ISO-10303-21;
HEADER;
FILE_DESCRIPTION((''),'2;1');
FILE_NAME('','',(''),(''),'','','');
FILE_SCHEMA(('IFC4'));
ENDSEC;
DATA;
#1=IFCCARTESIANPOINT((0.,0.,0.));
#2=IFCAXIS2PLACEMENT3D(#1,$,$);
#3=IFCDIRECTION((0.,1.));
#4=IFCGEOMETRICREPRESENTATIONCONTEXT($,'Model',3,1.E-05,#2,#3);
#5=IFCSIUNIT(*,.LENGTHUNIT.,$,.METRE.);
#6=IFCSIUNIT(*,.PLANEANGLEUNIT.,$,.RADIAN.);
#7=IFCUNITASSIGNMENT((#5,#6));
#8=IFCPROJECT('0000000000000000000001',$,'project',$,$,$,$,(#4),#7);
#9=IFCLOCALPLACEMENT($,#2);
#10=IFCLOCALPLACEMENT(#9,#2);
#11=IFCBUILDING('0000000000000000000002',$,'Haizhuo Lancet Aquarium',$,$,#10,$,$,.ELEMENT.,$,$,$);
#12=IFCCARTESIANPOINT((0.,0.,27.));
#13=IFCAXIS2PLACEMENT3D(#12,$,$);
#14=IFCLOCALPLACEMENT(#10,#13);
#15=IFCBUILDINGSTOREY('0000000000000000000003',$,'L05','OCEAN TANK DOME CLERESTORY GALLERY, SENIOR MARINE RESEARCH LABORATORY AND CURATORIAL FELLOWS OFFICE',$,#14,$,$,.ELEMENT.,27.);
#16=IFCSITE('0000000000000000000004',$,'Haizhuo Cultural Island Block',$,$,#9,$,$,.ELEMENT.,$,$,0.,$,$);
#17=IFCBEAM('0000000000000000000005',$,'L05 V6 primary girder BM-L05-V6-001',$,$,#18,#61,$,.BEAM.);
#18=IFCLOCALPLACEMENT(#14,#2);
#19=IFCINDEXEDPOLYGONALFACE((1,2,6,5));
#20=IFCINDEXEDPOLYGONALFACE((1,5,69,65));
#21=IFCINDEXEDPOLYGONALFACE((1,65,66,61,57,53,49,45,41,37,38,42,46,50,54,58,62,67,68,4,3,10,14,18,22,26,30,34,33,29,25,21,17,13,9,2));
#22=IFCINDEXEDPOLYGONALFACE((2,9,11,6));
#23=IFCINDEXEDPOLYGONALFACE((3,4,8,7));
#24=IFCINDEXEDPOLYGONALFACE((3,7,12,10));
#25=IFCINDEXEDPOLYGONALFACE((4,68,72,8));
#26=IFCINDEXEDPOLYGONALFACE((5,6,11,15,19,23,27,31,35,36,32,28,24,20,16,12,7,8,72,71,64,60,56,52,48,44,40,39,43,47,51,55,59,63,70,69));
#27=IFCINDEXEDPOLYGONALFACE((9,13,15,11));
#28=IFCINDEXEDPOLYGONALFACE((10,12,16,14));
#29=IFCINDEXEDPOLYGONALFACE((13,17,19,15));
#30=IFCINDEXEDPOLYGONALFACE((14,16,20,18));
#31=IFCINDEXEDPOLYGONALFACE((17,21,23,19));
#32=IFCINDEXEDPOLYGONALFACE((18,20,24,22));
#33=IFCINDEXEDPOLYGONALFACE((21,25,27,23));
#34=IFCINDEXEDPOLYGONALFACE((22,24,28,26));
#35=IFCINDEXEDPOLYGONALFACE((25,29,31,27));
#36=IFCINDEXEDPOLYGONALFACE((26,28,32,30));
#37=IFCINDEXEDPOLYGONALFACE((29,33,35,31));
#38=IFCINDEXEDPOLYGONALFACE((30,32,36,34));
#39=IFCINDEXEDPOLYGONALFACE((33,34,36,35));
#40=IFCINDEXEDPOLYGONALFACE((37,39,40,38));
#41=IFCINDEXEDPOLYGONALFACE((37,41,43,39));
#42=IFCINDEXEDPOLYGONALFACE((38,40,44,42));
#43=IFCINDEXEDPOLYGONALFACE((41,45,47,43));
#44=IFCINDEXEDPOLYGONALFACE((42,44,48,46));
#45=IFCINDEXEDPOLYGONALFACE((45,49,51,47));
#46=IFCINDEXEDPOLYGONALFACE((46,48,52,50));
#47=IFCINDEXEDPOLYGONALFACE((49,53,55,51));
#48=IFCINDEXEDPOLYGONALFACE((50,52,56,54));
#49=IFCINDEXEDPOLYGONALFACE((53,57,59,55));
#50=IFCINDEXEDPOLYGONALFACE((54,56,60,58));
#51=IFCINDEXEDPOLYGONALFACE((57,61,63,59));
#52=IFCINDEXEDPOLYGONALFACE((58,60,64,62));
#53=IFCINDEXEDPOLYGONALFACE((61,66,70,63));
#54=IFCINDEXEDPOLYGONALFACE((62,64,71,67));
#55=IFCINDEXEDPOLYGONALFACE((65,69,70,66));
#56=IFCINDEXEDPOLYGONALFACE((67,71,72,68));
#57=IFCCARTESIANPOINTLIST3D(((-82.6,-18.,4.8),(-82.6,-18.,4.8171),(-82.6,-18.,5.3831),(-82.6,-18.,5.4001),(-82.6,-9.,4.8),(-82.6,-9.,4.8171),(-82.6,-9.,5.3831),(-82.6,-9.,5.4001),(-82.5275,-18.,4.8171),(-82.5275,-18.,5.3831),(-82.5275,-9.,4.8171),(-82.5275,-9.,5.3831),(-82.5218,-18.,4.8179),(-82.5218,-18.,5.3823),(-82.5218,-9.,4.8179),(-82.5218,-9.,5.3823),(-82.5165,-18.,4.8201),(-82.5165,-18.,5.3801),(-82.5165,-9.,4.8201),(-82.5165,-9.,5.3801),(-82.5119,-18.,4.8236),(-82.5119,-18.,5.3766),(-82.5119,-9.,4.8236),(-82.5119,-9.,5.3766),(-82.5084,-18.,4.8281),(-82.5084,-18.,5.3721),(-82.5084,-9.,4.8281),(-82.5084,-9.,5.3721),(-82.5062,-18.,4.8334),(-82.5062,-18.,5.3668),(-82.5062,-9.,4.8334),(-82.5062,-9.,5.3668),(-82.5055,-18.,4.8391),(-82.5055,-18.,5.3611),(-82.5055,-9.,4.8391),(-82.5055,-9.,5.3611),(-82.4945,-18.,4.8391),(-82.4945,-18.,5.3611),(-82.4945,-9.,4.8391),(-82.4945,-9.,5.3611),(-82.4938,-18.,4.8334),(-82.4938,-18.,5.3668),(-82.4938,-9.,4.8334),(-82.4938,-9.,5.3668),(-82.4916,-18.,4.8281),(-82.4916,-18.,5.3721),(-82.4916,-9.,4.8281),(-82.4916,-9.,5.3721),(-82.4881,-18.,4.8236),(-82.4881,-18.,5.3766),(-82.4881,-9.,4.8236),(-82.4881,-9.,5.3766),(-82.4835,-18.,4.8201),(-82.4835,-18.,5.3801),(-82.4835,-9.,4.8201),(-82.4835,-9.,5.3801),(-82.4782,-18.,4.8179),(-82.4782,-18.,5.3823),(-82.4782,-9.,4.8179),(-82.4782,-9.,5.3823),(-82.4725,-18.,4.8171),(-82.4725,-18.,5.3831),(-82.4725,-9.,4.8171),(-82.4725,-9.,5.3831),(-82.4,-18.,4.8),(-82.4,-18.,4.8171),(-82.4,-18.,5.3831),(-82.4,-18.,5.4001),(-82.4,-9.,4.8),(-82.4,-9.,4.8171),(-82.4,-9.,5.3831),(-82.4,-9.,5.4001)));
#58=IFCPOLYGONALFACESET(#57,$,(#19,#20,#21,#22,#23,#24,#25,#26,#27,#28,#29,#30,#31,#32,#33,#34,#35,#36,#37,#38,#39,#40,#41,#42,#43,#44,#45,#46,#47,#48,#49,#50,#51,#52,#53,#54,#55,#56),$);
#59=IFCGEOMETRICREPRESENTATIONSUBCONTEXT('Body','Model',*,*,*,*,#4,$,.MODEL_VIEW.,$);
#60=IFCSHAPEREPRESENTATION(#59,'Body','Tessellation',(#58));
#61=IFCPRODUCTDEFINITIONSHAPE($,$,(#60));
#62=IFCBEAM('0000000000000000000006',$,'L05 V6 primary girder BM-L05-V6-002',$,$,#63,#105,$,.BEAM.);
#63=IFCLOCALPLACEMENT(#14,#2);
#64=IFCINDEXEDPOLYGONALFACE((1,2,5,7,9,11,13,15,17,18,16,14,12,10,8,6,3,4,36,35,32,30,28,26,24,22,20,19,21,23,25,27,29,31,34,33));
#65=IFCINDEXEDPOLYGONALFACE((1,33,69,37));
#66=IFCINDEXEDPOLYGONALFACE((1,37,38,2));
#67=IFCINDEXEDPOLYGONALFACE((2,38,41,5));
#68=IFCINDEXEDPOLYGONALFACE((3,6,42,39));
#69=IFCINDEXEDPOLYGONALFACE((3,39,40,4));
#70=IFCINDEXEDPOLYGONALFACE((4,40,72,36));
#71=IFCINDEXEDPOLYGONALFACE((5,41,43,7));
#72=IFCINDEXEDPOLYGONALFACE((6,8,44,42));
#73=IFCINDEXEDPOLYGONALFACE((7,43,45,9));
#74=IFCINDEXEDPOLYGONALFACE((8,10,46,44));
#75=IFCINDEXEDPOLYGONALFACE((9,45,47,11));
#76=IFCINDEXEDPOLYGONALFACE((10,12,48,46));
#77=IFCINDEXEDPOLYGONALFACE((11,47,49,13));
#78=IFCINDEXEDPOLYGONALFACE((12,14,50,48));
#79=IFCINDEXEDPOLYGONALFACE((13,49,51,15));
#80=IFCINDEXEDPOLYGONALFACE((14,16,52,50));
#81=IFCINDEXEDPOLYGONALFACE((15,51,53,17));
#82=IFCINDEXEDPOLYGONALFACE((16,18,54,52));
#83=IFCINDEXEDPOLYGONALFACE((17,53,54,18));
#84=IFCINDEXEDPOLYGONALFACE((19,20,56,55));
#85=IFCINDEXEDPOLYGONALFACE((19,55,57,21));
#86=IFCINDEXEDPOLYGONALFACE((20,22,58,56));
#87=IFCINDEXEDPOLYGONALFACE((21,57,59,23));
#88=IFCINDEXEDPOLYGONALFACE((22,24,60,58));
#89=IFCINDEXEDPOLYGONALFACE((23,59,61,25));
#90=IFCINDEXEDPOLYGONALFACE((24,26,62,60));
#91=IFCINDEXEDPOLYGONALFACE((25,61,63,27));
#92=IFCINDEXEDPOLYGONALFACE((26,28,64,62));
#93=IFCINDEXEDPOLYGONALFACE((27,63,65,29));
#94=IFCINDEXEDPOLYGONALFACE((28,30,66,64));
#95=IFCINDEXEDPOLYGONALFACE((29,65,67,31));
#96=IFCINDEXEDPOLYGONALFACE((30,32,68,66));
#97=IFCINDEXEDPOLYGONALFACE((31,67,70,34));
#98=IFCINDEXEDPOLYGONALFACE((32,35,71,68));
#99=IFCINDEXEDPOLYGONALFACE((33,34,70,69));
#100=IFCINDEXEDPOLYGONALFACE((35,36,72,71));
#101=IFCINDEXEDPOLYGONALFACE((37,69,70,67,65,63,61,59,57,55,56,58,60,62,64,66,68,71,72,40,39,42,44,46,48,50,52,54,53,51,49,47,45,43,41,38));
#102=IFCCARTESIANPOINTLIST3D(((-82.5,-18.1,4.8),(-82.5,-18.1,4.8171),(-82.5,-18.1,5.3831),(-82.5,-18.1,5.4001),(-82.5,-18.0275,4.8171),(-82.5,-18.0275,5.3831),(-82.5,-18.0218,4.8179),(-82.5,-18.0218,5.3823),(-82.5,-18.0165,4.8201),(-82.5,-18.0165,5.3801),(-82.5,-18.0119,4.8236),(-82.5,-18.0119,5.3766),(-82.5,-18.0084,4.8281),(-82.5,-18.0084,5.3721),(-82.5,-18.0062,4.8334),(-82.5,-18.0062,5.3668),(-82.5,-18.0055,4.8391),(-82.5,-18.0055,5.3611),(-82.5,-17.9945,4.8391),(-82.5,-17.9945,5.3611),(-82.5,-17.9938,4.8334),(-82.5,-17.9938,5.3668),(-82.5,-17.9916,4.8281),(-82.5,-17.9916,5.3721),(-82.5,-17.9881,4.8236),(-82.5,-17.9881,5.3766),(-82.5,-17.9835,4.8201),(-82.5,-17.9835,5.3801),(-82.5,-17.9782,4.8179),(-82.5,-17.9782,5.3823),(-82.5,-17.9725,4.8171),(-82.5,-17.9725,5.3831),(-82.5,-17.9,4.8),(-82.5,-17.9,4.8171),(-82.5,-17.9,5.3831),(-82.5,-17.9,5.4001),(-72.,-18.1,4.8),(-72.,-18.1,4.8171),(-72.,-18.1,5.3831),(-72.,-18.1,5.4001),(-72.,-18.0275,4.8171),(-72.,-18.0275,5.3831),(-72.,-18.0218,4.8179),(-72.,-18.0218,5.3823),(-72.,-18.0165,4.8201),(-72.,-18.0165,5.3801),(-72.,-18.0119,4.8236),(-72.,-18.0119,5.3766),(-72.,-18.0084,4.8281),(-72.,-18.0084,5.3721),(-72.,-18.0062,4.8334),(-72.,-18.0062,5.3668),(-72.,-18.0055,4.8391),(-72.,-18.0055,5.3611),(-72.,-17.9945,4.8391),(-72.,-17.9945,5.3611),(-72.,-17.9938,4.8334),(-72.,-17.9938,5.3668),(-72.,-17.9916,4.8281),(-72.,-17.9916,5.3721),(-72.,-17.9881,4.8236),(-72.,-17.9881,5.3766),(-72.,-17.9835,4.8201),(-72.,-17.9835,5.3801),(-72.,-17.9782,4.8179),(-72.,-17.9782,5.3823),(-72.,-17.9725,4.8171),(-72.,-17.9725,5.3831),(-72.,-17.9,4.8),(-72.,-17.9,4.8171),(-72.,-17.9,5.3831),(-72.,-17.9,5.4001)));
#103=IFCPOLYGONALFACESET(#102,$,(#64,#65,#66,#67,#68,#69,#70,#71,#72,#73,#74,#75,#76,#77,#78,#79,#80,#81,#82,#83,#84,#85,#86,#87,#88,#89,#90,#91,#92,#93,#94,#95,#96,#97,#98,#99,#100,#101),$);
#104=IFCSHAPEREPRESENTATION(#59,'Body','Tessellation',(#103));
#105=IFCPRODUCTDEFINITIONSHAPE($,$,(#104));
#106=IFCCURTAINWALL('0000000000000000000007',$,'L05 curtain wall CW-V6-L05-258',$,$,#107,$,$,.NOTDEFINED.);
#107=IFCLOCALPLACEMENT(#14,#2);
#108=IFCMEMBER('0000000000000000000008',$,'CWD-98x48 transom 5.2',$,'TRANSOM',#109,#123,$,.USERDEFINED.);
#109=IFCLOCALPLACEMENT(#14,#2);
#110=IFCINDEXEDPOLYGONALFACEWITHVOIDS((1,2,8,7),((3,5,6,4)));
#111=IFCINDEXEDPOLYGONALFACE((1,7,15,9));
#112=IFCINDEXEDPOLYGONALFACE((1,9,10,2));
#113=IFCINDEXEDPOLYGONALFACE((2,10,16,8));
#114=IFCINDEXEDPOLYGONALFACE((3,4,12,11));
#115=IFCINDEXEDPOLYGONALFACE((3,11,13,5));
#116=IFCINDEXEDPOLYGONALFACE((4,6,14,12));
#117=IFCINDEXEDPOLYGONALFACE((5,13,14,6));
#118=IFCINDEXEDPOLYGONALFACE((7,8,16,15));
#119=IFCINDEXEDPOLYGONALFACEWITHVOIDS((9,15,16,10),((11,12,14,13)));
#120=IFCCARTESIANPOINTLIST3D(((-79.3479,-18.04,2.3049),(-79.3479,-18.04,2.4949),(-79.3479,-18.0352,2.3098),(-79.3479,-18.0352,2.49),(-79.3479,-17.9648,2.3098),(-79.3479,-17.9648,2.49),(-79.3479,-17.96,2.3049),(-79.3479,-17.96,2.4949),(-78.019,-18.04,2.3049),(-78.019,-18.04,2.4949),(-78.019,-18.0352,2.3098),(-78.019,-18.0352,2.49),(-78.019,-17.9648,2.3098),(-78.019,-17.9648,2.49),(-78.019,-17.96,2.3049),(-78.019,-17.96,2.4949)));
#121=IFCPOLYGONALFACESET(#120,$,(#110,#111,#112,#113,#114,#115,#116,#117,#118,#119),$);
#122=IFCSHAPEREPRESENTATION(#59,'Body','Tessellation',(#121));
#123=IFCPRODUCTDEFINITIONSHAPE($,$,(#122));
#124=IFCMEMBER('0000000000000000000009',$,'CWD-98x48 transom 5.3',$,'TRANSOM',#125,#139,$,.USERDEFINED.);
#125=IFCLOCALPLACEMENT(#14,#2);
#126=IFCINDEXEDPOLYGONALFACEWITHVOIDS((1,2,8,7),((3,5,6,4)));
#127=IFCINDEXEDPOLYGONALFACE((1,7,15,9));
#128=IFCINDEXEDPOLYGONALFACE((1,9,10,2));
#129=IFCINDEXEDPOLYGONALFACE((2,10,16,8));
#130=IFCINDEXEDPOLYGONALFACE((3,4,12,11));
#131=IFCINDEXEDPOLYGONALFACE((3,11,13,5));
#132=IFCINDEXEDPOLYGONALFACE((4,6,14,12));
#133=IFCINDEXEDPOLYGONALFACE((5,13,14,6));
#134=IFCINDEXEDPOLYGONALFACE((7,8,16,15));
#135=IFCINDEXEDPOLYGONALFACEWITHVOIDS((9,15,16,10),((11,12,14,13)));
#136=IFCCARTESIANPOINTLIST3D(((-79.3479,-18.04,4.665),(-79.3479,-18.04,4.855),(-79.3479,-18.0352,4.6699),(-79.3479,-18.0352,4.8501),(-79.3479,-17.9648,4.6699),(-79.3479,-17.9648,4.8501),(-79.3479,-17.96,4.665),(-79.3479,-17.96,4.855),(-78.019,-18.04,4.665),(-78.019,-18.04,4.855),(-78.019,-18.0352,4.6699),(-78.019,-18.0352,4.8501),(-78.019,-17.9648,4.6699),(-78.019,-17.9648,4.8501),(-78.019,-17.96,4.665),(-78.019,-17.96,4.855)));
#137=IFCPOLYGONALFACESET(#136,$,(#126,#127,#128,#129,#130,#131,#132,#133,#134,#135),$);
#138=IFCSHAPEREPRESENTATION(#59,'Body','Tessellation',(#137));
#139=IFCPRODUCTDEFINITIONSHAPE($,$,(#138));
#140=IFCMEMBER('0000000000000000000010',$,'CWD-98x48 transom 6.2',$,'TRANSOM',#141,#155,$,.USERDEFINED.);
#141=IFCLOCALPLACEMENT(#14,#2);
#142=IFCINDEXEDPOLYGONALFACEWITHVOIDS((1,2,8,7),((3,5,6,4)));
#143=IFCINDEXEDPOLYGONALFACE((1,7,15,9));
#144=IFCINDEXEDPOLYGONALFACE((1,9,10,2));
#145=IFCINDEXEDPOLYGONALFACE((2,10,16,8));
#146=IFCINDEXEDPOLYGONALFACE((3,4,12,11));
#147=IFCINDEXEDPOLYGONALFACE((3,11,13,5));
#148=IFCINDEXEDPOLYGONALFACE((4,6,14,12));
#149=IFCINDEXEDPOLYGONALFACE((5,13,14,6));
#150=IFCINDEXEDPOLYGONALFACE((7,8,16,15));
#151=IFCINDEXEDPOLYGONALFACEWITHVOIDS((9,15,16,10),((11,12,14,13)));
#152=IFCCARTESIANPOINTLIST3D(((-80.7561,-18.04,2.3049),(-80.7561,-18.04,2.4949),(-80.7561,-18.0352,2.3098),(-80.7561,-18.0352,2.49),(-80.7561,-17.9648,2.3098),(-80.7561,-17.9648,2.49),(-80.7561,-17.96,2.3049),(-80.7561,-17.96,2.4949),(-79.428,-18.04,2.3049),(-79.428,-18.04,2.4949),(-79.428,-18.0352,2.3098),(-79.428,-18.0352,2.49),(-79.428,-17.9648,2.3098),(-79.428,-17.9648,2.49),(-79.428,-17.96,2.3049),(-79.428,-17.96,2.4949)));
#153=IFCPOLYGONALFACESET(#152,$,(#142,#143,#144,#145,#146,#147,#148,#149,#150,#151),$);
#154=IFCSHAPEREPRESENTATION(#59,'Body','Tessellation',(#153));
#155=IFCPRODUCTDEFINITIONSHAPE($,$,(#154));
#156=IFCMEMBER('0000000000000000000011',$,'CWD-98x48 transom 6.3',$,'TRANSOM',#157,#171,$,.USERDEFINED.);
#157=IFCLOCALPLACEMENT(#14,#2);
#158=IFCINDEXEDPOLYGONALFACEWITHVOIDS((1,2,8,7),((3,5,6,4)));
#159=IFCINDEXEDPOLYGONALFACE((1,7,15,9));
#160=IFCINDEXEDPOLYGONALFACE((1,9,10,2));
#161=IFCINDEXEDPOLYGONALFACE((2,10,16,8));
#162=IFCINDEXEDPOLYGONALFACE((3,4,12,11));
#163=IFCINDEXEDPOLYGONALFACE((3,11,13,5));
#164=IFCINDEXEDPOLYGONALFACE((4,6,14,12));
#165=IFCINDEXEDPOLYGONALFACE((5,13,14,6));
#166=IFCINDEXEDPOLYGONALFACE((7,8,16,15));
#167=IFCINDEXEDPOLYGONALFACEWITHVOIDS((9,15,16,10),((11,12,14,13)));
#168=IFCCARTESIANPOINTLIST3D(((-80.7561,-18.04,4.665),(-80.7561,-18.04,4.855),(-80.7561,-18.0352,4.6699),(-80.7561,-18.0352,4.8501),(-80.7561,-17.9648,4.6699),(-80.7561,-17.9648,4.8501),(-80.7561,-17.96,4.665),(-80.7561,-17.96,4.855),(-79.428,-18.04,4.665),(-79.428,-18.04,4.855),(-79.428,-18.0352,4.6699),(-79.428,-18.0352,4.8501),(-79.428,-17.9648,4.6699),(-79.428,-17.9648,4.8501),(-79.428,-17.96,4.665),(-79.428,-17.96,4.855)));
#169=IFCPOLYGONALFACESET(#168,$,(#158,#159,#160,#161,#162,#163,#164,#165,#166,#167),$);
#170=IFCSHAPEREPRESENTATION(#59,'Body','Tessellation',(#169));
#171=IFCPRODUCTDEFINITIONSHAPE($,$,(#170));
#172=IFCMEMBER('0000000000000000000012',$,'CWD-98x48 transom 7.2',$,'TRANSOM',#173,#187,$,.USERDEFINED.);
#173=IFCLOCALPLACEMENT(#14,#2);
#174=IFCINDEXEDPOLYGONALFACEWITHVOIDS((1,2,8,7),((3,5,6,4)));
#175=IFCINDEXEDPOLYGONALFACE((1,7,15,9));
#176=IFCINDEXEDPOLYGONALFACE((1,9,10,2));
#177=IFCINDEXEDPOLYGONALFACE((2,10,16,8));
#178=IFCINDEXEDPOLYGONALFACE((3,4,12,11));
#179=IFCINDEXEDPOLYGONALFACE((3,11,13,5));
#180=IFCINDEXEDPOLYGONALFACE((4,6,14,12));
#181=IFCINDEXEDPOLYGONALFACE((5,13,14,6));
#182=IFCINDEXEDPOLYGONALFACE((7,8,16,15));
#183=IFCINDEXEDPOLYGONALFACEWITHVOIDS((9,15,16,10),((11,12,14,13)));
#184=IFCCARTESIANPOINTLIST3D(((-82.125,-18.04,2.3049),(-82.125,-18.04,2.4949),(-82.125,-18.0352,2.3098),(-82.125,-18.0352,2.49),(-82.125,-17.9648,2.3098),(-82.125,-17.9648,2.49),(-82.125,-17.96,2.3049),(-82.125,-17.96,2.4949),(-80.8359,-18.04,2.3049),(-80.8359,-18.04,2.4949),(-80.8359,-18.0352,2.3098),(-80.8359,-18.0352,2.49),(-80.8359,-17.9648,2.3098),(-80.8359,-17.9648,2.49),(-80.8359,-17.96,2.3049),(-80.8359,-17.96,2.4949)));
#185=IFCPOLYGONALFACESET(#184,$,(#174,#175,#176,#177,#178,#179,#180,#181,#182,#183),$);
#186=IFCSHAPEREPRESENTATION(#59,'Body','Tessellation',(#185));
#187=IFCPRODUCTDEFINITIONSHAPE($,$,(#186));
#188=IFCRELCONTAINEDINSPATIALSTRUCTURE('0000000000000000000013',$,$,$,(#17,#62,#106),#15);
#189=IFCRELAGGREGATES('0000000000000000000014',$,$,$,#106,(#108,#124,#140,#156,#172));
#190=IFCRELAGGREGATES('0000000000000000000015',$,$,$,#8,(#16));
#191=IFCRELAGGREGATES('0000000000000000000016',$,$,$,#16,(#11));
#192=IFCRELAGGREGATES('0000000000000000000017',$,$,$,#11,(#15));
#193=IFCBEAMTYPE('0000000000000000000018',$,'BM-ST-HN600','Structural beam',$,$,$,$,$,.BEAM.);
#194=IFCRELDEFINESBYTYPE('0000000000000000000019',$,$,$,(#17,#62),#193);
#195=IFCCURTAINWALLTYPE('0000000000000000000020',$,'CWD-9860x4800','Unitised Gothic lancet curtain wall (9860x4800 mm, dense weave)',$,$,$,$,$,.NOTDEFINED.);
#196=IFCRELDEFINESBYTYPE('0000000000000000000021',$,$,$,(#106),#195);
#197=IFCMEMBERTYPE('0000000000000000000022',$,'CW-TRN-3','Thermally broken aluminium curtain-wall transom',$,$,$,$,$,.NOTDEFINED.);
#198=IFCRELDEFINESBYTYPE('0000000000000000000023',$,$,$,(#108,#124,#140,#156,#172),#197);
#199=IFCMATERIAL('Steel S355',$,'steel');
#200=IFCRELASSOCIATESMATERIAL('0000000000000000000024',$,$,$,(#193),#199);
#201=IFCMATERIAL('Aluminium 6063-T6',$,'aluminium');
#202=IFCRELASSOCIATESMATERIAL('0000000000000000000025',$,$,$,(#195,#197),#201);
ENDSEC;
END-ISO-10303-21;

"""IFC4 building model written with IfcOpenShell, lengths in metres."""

from ifc_helpers import new_model, si_unit, direction, frame, origin, origin_2d, place, context, subcontext, project, spatial, hollow_rectangle, i_section, extrude, material, material_profile, profile_set, type_object, element, aggregate, save


model = new_model("IFC4")

# Units and contexts
model_context = context("Model", 3, precision=1e-05, world=origin(), true_north=direction((0.0, 1.0)))
body_context = subcontext(model_context, "Body", "Model", "MODEL_VIEW")
ifc_project = project(units=[si_unit("LENGTHUNIT", "METRE"), si_unit("PLANEANGLEUNIT", "RADIAN")], contexts=[model_context])

# Site, building, storey
site_placement = place(None, origin())
site = spatial("IfcSite", under=ifc_project, at=site_placement, Name="Haizhuo Cultural Island Block", CompositionType="ELEMENT", RefElevation=0.0)
building_placement = place(site_placement, origin())
building = spatial("IfcBuilding", under=site, at=building_placement, Name="Haizhuo Lancet Aquarium", CompositionType="ELEMENT")
storey_placement = place(building_placement, frame((0.0, 0.0, 27.0)))
storey = spatial("IfcBuildingStorey", under=building, at=storey_placement, Name="L05", Description="OCEAN TANK DOME CLERESTORY GALLERY, SENIOR MARINE RESEARCH LABORATORY AND CURATORIAL FELLOWS OFFICE", CompositionType="ELEMENT", Elevation=27.0)

# Beams
ifc_material_1 = material(Name="Steel S355", Category="steel")
ifc_material_profile_1 = material_profile(ifc_material_1, i_section(OverallWidth=0.2, OverallDepth=0.6001, WebThickness=0.011, FlangeThickness=0.0171, FilletRadius=0.022, at=origin_2d()), Name="HN 600x200x11x17")
ifc_profile_set_1 = profile_set([ifc_material_profile_1], Name="Steel S355")
beam_type = type_object("IfcBeamType", Name="BM-ST-HN600", Description="Structural beam", PredefinedType="BEAM", material=ifc_profile_set_1)
beam_1_placement = place(storey_placement, frame((-82.5, -18.0, 5.1001), z_axis=(0.0, 1.0, 0.0), x_axis=(-1.0, 0.0, 0.0)))
element("IfcBeam", 1, at=beam_1_placement, inside=storey, type_object=beam_type, Name="L05 V6 primary girder BM-L05-V6-001", PredefinedType="BEAM", context=body_context, shape_type="SweptSolid", body=[
    extrude(i_section(OverallWidth=0.2, OverallDepth=0.6001, WebThickness=0.011, FlangeThickness=0.0171, FilletRadius=0.022, at=origin_2d()), origin(), (0.0, 0.0, 1.0), 9.0),
])
beam_2_placement = place(storey_placement, frame((-82.5, -18.0, 5.1001), z_axis=(1.0, 0.0, 0.0), x_axis=(0.0, 1.0, 0.0)))
element("IfcBeam", 2, at=beam_2_placement, inside=storey, type_object=beam_type, Name="L05 V6 primary girder BM-L05-V6-002", PredefinedType="BEAM", context=body_context, shape_type="SweptSolid", body=[
    extrude(i_section(OverallWidth=0.2, OverallDepth=0.6001, WebThickness=0.011, FlangeThickness=0.0171, FilletRadius=0.022, at=origin_2d()), origin(), (0.0, 0.0, 1.0), 10.5),
])

# Curtain wall, members
ifc_material_2 = material(Name="Aluminium 6063-T6", Category="aluminium")
curtain_wall_type = type_object("IfcCurtainWallType", Name="CWD-9860x4800", Description="Unitised Gothic lancet curtain wall (9860x4800 mm, dense weave)", PredefinedType="NOTDEFINED", material=ifc_material_2)
curtain_wall_placement = place(storey_placement, origin())
curtain_wall = element("IfcCurtainWall", 3, at=curtain_wall_placement, inside=storey, type_object=curtain_wall_type, Name="L05 curtain wall CW-V6-L05-258", PredefinedType="NOTDEFINED")
ifc_material_profile_2 = material_profile(ifc_material_2, hollow_rectangle(XDim=0.0801, YDim=0.1899, WallThickness=0.0049, at=origin_2d()), Name="ALU-T 80x190x5")
ifc_profile_set_2 = profile_set([ifc_material_profile_2], Name="Aluminium 6063-T6")
member_type_1 = type_object("IfcMemberType", Name="CW-TRN-3", Description="Thermally broken aluminium curtain-wall transom", PredefinedType="NOTDEFINED", material=ifc_profile_set_2)
member_1_placement = place(storey_placement, frame((-78.019, -18.0, 2.3999), z_axis=(-1.0, 0.0, 0.0), x_axis=(0.0, -1.0, 0.0)))
member_1 = element("IfcMember", 4, at=member_1_placement, type_object=member_type_1, Name="CWD-98x48 transom 5.2", ObjectType="TRANSOM", PredefinedType="USERDEFINED", context=body_context, shape_type="SweptSolid", body=[
    extrude(hollow_rectangle(XDim=0.0801, YDim=0.1899, WallThickness=0.0049, at=origin_2d()), origin(), (0.0, 0.0, 1.0), 1.3289),
])
member_2_placement = place(storey_placement, frame((-78.019, -18.0, 4.76), z_axis=(-1.0, 0.0, 0.0), x_axis=(0.0, -1.0, 0.0)))
member_2 = element("IfcMember", 5, at=member_2_placement, type_object=member_type_1, Name="CWD-98x48 transom 5.3", ObjectType="TRANSOM", PredefinedType="USERDEFINED", context=body_context, shape_type="SweptSolid", body=[
    extrude(hollow_rectangle(XDim=0.0801, YDim=0.1899, WallThickness=0.0049, at=origin_2d()), origin(), (0.0, 0.0, 1.0), 1.3289),
])
member_3_placement = place(storey_placement, frame((-79.428, -18.0, 2.3999), z_axis=(-1.0, 0.0, 0.0), x_axis=(0.0, -1.0, 0.0)))
member_3 = element("IfcMember", 6, at=member_3_placement, type_object=member_type_1, Name="CWD-98x48 transom 6.2", ObjectType="TRANSOM", PredefinedType="USERDEFINED", context=body_context, shape_type="SweptSolid", body=[
    extrude(hollow_rectangle(XDim=0.0801, YDim=0.1899, WallThickness=0.0049, at=origin_2d()), origin(), (0.0, 0.0, 1.0), 1.3281),
])
member_4_placement = place(storey_placement, frame((-79.428, -18.0, 4.76), z_axis=(-1.0, 0.0, 0.0), x_axis=(0.0, -1.0, 0.0)))
member_4 = element("IfcMember", 7, at=member_4_placement, type_object=member_type_1, Name="CWD-98x48 transom 6.3", ObjectType="TRANSOM", PredefinedType="USERDEFINED", context=body_context, shape_type="SweptSolid", body=[
    extrude(hollow_rectangle(XDim=0.0801, YDim=0.1899, WallThickness=0.0049, at=origin_2d()), origin(), (0.0, 0.0, 1.0), 1.3281),
])
member_5_placement = place(storey_placement, frame((-80.8359, -18.0, 2.3999), z_axis=(-1.0, 0.0, 0.0), x_axis=(0.0, -1.0, 0.0)))
member_5 = element("IfcMember", 8, at=member_5_placement, type_object=member_type_1, Name="CWD-98x48 transom 7.2", ObjectType="TRANSOM", PredefinedType="USERDEFINED", context=body_context, shape_type="SweptSolid", body=[
    extrude(hollow_rectangle(XDim=0.0801, YDim=0.1899, WallThickness=0.0049, at=origin_2d()), origin(), (0.0, 0.0, 1.0), 1.2891),
])

aggregate(curtain_wall, [member_1, member_2, member_3, member_4, member_5])

save(model, "model.ifc")
